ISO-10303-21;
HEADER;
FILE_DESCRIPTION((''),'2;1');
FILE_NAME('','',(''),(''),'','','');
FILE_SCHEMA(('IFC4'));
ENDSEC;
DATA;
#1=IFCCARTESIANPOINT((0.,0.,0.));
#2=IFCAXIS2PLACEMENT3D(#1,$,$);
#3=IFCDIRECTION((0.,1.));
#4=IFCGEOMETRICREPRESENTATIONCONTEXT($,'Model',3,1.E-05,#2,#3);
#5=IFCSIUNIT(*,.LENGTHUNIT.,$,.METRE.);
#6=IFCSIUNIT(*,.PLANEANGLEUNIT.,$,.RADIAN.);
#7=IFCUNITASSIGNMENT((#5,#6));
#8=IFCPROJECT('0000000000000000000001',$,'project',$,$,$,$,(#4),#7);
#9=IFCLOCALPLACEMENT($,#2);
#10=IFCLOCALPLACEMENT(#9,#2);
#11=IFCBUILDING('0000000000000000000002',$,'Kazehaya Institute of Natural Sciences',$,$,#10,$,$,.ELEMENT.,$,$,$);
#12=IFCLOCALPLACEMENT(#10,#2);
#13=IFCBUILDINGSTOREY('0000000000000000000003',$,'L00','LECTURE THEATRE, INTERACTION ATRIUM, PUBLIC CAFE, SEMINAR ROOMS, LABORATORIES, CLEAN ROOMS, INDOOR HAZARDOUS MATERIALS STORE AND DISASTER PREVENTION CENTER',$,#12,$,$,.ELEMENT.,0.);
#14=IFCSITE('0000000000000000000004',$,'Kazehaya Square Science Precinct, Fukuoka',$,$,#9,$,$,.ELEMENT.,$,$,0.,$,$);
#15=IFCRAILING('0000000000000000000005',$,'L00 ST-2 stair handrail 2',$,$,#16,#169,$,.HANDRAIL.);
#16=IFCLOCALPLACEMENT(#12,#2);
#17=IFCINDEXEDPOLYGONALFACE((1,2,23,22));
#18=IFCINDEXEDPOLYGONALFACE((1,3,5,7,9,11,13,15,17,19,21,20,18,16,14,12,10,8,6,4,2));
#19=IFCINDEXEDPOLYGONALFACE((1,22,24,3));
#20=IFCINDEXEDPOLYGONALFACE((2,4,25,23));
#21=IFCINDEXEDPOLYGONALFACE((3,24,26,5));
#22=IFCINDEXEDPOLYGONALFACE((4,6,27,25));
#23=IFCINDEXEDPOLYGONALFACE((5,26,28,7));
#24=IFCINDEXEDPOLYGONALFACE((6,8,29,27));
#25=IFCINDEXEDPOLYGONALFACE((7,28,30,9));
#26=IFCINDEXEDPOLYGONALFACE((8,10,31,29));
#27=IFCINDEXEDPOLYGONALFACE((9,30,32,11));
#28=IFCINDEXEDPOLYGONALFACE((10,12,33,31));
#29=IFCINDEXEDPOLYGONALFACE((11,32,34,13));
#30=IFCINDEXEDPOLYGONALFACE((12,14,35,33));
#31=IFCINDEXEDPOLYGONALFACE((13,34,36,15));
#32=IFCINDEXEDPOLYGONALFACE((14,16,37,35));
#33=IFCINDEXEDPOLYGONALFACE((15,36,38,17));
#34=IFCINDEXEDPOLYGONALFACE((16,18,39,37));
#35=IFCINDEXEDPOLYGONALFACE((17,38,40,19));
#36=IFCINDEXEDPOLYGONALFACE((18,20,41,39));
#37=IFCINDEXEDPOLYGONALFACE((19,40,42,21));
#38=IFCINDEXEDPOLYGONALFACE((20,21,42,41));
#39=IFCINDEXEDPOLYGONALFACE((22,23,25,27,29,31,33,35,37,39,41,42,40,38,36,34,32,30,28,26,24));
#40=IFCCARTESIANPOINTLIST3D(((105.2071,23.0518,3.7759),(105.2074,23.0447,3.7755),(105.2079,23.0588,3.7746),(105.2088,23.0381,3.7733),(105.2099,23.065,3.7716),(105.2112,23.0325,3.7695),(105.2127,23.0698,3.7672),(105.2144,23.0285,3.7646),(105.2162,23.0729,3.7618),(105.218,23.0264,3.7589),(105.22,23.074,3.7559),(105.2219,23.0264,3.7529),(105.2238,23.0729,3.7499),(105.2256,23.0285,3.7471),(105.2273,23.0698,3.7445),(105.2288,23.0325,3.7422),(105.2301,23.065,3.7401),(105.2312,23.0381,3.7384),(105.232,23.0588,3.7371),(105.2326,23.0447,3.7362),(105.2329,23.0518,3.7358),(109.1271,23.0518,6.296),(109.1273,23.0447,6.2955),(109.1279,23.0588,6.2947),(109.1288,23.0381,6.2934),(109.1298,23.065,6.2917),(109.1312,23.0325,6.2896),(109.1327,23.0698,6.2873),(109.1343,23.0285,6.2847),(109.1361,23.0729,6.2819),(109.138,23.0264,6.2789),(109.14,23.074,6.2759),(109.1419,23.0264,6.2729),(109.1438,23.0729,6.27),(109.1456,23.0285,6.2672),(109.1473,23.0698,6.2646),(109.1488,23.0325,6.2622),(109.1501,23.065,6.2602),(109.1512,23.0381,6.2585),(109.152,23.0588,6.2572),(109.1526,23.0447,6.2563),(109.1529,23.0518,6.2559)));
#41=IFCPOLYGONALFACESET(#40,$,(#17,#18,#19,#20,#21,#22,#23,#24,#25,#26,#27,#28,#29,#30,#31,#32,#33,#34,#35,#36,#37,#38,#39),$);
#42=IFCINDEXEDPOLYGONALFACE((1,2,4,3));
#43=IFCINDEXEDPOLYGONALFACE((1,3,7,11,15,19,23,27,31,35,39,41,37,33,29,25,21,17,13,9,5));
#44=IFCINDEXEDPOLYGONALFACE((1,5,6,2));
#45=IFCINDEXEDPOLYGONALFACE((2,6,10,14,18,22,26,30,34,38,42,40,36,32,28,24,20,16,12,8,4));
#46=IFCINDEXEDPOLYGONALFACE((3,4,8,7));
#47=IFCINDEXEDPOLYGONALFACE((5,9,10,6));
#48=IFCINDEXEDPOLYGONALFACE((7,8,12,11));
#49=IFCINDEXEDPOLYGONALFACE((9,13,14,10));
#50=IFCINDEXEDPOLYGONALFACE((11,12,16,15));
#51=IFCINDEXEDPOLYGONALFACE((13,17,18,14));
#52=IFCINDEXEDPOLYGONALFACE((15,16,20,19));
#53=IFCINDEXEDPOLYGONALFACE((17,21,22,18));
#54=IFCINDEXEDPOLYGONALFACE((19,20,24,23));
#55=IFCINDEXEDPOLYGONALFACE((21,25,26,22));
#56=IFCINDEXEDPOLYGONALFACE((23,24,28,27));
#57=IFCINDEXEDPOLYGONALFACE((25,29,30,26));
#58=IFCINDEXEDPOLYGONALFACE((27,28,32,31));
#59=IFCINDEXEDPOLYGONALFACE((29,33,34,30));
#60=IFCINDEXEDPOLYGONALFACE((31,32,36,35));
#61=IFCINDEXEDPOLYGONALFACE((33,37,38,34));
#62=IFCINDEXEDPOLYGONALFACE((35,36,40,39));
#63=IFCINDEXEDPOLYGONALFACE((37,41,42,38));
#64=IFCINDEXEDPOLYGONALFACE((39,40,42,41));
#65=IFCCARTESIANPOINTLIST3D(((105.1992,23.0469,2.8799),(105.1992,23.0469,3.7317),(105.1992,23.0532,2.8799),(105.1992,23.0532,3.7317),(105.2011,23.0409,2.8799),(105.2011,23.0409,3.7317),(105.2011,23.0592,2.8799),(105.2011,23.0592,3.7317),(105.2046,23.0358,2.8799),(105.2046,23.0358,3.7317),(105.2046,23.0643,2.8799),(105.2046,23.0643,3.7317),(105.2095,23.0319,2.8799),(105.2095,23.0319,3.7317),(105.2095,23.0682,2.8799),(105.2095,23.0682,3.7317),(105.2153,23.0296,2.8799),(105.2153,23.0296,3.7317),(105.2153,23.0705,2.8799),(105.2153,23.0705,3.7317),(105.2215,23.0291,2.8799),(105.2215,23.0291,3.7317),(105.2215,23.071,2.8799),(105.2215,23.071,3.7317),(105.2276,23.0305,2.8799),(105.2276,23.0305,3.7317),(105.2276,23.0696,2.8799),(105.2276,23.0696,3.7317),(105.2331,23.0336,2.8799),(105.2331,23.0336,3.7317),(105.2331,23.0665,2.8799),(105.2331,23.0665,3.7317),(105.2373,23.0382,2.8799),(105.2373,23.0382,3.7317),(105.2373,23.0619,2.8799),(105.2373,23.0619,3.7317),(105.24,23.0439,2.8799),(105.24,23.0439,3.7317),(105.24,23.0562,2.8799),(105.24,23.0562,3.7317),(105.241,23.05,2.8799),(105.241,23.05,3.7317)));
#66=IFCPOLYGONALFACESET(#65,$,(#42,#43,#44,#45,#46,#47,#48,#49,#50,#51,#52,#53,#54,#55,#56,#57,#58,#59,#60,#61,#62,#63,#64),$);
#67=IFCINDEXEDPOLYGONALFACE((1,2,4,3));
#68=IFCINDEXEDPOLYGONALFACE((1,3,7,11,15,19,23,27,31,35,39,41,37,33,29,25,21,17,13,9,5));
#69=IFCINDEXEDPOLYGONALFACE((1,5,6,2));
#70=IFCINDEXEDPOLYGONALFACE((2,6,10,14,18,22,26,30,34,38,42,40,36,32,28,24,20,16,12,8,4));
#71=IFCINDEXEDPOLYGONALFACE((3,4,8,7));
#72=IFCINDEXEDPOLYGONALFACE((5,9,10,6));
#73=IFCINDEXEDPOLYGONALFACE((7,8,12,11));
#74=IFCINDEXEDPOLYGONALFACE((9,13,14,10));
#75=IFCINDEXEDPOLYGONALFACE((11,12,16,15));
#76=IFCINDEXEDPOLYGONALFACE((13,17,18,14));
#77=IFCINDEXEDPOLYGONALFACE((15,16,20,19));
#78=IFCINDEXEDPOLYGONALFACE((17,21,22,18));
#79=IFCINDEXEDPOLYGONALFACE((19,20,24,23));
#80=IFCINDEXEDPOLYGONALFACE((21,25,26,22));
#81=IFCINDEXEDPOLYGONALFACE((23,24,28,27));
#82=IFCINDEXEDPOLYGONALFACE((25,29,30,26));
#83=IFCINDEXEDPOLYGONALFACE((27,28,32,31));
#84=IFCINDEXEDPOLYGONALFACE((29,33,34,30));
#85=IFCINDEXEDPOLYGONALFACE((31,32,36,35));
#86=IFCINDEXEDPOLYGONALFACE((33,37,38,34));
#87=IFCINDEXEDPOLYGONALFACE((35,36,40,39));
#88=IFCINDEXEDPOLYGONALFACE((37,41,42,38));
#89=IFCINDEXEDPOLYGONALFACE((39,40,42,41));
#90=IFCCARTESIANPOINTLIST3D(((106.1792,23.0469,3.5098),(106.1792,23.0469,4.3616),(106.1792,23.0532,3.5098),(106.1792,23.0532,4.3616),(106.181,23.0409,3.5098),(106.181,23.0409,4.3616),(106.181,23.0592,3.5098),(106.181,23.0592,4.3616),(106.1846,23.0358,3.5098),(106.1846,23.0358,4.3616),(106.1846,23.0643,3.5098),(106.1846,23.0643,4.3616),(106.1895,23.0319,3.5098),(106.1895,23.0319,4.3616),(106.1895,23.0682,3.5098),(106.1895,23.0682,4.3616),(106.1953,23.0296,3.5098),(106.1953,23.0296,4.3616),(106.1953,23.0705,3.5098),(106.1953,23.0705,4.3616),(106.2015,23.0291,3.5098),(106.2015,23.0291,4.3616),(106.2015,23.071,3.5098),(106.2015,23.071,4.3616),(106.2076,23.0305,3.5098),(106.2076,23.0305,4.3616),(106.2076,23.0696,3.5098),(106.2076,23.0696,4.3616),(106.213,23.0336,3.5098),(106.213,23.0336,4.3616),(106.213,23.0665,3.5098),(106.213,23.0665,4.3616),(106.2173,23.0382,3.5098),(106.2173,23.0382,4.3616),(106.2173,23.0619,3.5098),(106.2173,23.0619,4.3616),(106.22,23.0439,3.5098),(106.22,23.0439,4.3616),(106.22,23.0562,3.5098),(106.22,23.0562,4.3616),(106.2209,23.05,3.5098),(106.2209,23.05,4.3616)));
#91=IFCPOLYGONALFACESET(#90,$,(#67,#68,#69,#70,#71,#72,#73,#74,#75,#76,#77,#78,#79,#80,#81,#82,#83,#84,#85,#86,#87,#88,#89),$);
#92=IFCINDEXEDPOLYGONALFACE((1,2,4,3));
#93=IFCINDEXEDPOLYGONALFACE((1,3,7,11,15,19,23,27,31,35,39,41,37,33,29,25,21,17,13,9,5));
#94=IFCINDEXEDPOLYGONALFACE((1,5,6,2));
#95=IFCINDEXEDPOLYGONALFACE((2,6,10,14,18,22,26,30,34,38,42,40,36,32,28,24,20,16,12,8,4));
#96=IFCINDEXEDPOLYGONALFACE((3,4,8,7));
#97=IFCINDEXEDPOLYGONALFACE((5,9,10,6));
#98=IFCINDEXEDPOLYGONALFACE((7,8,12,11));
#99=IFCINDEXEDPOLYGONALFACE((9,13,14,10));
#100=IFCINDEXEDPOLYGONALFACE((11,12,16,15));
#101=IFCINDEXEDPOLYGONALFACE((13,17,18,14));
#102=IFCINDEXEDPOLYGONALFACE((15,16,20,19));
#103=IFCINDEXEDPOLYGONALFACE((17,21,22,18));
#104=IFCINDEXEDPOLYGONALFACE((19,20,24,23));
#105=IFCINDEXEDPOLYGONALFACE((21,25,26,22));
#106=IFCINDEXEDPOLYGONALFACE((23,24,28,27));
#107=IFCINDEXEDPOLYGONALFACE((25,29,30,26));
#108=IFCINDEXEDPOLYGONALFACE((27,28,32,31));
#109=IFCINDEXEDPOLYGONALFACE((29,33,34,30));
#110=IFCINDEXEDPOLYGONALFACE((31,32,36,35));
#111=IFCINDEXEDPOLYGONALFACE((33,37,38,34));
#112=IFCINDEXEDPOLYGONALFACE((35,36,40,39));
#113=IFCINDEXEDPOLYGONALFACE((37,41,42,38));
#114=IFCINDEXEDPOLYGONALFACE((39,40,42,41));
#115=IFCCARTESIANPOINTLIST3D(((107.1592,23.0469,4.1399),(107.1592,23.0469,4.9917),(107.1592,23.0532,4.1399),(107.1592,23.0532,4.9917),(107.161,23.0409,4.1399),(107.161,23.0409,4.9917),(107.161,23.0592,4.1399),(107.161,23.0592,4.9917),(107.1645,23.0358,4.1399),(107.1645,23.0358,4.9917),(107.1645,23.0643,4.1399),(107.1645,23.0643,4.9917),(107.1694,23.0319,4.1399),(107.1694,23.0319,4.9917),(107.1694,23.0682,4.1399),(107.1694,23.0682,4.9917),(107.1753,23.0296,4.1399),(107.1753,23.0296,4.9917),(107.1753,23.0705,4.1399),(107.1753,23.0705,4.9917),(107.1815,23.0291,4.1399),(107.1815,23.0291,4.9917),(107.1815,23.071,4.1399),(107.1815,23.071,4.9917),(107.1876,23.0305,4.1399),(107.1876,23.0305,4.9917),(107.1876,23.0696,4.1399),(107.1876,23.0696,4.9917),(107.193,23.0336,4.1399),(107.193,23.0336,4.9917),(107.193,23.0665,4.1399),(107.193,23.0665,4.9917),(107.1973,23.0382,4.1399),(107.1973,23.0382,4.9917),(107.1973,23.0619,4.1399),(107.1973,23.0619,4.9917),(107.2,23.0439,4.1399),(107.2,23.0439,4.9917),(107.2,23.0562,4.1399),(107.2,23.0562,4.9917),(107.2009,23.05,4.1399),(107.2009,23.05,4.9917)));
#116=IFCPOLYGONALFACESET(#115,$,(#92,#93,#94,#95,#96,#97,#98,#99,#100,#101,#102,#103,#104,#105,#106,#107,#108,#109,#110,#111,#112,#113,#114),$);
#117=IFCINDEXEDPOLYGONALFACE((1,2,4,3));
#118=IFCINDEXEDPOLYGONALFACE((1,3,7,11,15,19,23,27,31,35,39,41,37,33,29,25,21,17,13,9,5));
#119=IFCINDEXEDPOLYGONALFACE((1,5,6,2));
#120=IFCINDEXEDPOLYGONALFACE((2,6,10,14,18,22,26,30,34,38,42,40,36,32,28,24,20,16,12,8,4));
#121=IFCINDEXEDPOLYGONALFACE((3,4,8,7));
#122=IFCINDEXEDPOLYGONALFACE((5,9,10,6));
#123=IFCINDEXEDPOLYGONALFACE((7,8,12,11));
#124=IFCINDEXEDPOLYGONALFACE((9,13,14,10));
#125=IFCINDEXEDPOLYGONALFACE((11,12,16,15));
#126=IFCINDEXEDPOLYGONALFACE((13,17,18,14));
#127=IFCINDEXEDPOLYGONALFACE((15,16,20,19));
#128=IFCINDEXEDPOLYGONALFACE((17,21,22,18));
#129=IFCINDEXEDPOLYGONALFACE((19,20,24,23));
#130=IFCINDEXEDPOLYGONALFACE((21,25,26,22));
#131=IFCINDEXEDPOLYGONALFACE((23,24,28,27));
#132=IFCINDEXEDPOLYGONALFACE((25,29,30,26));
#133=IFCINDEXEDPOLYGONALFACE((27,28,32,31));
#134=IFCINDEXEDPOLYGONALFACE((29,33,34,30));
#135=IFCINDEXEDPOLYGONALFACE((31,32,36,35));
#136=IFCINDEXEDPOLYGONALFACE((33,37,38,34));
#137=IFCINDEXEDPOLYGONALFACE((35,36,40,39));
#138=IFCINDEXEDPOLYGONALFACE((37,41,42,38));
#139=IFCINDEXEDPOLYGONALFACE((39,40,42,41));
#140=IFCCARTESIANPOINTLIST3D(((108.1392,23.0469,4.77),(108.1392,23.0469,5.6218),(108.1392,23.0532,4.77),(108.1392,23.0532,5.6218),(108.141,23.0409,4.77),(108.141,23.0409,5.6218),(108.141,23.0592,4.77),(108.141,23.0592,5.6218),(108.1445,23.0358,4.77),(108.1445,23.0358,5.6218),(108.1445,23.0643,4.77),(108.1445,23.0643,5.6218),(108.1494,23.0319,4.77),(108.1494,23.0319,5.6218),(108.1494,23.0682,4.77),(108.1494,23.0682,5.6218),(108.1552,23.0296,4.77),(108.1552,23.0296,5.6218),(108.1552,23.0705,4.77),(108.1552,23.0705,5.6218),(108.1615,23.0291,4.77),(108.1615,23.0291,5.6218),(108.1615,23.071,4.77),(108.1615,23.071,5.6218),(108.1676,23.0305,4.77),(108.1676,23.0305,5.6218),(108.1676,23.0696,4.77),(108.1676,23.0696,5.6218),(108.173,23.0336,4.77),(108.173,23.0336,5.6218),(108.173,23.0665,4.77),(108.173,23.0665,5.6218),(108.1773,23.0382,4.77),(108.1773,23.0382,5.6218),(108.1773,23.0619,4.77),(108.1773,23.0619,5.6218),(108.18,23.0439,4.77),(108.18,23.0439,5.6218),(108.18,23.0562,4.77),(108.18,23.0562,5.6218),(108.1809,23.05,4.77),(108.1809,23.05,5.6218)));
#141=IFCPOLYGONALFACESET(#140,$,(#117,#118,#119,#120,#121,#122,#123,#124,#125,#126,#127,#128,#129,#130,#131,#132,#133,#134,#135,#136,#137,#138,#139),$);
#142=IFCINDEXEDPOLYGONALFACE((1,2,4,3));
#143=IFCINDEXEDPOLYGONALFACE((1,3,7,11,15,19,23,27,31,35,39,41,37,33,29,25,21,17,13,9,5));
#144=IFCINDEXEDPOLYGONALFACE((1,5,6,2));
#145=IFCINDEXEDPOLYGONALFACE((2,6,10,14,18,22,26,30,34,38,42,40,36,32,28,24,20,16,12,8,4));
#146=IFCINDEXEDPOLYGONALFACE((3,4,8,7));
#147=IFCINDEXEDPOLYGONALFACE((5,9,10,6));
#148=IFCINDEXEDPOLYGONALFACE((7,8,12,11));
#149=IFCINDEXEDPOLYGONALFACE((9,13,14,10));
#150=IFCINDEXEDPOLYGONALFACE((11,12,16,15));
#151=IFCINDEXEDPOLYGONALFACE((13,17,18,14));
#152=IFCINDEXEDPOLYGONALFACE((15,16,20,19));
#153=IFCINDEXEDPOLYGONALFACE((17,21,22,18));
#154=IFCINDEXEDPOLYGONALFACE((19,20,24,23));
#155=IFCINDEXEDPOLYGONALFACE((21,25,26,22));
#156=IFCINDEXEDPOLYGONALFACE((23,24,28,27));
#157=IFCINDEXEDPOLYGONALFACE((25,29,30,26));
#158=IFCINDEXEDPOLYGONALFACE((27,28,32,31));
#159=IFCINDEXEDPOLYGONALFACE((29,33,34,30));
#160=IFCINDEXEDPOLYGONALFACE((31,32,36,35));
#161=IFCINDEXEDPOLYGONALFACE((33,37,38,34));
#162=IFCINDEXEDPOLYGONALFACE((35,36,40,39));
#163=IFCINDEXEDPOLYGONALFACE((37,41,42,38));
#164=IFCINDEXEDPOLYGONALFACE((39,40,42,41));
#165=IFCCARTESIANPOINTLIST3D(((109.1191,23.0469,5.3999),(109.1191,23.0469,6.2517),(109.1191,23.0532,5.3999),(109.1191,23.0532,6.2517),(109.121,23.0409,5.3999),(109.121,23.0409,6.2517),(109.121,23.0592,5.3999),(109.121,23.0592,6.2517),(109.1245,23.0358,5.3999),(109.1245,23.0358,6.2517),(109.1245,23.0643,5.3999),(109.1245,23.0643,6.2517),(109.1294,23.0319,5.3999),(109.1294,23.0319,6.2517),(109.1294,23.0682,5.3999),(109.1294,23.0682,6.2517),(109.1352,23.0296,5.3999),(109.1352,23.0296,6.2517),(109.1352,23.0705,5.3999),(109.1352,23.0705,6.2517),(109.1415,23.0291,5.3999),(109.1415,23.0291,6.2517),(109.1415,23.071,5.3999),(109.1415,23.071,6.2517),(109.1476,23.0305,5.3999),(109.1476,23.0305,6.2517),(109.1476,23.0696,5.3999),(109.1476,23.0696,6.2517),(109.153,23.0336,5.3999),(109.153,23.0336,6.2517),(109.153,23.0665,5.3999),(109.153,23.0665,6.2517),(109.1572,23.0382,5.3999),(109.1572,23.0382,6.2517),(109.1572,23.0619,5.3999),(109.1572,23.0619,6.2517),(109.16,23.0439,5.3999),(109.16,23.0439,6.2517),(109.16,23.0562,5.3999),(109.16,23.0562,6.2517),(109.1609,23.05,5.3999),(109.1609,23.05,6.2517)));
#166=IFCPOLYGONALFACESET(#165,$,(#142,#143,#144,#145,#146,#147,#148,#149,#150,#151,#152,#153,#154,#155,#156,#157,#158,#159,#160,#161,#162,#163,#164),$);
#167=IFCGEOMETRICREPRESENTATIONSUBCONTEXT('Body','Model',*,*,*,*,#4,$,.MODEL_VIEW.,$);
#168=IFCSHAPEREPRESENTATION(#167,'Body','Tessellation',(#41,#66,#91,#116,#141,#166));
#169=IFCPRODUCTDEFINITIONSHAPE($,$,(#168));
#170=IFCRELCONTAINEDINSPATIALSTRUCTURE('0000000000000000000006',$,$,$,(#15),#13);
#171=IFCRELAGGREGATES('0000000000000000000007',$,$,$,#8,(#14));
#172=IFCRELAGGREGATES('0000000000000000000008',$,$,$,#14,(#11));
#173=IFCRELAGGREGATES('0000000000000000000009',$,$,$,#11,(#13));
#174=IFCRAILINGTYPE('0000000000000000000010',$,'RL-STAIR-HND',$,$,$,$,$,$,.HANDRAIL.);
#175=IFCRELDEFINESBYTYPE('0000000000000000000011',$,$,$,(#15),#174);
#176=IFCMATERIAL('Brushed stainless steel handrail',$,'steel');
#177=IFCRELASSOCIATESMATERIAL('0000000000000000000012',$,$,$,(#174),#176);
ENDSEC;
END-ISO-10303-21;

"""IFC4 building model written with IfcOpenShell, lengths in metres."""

from ifc_helpers import new_model, si_unit, direction, frame, origin, origin_2d, place, context, subcontext, project, spatial, circle, extrude, material, type_object, element, save


model = new_model("IFC4")

# Units and contexts
model_context = context("Model", 3, precision=1e-05, world=origin(), true_north=direction((0.0, 1.0)))
body_context = subcontext(model_context, "Body", "Model", "MODEL_VIEW")
ifc_project = project(units=[si_unit("LENGTHUNIT", "METRE"), si_unit("PLANEANGLEUNIT", "RADIAN")], contexts=[model_context])

# Site, building, storey
site_placement = place(None, origin())
site = spatial("IfcSite", under=ifc_project, at=site_placement, Name="Kazehaya Square Science Precinct, Fukuoka", CompositionType="ELEMENT", RefElevation=0.0)
building_placement = place(site_placement, origin())
building = spatial("IfcBuilding", under=site, at=building_placement, Name="Kazehaya Institute of Natural Sciences", CompositionType="ELEMENT")
storey_placement = place(building_placement, origin())
storey = spatial("IfcBuildingStorey", under=building, at=storey_placement, Name="L00", Description="LECTURE THEATRE, INTERACTION ATRIUM, PUBLIC CAFE, SEMINAR ROOMS, LABORATORIES, CLEAN ROOMS, INDOOR HAZARDOUS MATERIALS STORE AND DISASTER PREVENTION CENTER", CompositionType="ELEMENT", Elevation=0.0)

# Railing
ifc_material_1 = material(Name="Brushed stainless steel handrail", Category="steel")
railing_type_1 = type_object("IfcRailingType", Name="RL-STAIR-HND", PredefinedType="HANDRAIL", material=ifc_material_1)
railing_1_placement = place(storey_placement, frame((105.22, 23.05, 2.8799)))
element("IfcRailing", 1, at=railing_1_placement, inside=storey, type_object=railing_type_1, Name="L00 ST-2 stair handrail 2", PredefinedType="HANDRAIL", context=body_context, shape_type="SweptSolid", body=[
    extrude(circle(Radius=0.0239, at=origin_2d()), frame((0.0, 0.0, 0.876), z_axis=(0.841172, 0.0, 0.540768), x_axis=(0.0, 1.0, 0.0)), (0.0, 0.0, 1.0), 4.6602),
    extrude(circle(Radius=0.021, at=origin_2d()), origin(), (0.0, 0.0, 1.0), 0.8518),
    extrude(circle(Radius=0.021, at=origin_2d()), frame((0.98, 0.0, 0.6299)), (0.0, 0.0, 1.0), 0.8518),
    extrude(circle(Radius=0.021, at=origin_2d()), frame((1.96, 0.0, 1.26)), (0.0, 0.0, 1.0), 0.8518),
    extrude(circle(Radius=0.021, at=origin_2d()), frame((2.9399, 0.0, 1.8901)), (0.0, 0.0, 1.0), 0.8518),
    extrude(circle(Radius=0.021, at=origin_2d()), frame((3.9199, 0.0, 2.52)), (0.0, 0.0, 1.0), 0.8518),
])

save(model, "model.ifc")
